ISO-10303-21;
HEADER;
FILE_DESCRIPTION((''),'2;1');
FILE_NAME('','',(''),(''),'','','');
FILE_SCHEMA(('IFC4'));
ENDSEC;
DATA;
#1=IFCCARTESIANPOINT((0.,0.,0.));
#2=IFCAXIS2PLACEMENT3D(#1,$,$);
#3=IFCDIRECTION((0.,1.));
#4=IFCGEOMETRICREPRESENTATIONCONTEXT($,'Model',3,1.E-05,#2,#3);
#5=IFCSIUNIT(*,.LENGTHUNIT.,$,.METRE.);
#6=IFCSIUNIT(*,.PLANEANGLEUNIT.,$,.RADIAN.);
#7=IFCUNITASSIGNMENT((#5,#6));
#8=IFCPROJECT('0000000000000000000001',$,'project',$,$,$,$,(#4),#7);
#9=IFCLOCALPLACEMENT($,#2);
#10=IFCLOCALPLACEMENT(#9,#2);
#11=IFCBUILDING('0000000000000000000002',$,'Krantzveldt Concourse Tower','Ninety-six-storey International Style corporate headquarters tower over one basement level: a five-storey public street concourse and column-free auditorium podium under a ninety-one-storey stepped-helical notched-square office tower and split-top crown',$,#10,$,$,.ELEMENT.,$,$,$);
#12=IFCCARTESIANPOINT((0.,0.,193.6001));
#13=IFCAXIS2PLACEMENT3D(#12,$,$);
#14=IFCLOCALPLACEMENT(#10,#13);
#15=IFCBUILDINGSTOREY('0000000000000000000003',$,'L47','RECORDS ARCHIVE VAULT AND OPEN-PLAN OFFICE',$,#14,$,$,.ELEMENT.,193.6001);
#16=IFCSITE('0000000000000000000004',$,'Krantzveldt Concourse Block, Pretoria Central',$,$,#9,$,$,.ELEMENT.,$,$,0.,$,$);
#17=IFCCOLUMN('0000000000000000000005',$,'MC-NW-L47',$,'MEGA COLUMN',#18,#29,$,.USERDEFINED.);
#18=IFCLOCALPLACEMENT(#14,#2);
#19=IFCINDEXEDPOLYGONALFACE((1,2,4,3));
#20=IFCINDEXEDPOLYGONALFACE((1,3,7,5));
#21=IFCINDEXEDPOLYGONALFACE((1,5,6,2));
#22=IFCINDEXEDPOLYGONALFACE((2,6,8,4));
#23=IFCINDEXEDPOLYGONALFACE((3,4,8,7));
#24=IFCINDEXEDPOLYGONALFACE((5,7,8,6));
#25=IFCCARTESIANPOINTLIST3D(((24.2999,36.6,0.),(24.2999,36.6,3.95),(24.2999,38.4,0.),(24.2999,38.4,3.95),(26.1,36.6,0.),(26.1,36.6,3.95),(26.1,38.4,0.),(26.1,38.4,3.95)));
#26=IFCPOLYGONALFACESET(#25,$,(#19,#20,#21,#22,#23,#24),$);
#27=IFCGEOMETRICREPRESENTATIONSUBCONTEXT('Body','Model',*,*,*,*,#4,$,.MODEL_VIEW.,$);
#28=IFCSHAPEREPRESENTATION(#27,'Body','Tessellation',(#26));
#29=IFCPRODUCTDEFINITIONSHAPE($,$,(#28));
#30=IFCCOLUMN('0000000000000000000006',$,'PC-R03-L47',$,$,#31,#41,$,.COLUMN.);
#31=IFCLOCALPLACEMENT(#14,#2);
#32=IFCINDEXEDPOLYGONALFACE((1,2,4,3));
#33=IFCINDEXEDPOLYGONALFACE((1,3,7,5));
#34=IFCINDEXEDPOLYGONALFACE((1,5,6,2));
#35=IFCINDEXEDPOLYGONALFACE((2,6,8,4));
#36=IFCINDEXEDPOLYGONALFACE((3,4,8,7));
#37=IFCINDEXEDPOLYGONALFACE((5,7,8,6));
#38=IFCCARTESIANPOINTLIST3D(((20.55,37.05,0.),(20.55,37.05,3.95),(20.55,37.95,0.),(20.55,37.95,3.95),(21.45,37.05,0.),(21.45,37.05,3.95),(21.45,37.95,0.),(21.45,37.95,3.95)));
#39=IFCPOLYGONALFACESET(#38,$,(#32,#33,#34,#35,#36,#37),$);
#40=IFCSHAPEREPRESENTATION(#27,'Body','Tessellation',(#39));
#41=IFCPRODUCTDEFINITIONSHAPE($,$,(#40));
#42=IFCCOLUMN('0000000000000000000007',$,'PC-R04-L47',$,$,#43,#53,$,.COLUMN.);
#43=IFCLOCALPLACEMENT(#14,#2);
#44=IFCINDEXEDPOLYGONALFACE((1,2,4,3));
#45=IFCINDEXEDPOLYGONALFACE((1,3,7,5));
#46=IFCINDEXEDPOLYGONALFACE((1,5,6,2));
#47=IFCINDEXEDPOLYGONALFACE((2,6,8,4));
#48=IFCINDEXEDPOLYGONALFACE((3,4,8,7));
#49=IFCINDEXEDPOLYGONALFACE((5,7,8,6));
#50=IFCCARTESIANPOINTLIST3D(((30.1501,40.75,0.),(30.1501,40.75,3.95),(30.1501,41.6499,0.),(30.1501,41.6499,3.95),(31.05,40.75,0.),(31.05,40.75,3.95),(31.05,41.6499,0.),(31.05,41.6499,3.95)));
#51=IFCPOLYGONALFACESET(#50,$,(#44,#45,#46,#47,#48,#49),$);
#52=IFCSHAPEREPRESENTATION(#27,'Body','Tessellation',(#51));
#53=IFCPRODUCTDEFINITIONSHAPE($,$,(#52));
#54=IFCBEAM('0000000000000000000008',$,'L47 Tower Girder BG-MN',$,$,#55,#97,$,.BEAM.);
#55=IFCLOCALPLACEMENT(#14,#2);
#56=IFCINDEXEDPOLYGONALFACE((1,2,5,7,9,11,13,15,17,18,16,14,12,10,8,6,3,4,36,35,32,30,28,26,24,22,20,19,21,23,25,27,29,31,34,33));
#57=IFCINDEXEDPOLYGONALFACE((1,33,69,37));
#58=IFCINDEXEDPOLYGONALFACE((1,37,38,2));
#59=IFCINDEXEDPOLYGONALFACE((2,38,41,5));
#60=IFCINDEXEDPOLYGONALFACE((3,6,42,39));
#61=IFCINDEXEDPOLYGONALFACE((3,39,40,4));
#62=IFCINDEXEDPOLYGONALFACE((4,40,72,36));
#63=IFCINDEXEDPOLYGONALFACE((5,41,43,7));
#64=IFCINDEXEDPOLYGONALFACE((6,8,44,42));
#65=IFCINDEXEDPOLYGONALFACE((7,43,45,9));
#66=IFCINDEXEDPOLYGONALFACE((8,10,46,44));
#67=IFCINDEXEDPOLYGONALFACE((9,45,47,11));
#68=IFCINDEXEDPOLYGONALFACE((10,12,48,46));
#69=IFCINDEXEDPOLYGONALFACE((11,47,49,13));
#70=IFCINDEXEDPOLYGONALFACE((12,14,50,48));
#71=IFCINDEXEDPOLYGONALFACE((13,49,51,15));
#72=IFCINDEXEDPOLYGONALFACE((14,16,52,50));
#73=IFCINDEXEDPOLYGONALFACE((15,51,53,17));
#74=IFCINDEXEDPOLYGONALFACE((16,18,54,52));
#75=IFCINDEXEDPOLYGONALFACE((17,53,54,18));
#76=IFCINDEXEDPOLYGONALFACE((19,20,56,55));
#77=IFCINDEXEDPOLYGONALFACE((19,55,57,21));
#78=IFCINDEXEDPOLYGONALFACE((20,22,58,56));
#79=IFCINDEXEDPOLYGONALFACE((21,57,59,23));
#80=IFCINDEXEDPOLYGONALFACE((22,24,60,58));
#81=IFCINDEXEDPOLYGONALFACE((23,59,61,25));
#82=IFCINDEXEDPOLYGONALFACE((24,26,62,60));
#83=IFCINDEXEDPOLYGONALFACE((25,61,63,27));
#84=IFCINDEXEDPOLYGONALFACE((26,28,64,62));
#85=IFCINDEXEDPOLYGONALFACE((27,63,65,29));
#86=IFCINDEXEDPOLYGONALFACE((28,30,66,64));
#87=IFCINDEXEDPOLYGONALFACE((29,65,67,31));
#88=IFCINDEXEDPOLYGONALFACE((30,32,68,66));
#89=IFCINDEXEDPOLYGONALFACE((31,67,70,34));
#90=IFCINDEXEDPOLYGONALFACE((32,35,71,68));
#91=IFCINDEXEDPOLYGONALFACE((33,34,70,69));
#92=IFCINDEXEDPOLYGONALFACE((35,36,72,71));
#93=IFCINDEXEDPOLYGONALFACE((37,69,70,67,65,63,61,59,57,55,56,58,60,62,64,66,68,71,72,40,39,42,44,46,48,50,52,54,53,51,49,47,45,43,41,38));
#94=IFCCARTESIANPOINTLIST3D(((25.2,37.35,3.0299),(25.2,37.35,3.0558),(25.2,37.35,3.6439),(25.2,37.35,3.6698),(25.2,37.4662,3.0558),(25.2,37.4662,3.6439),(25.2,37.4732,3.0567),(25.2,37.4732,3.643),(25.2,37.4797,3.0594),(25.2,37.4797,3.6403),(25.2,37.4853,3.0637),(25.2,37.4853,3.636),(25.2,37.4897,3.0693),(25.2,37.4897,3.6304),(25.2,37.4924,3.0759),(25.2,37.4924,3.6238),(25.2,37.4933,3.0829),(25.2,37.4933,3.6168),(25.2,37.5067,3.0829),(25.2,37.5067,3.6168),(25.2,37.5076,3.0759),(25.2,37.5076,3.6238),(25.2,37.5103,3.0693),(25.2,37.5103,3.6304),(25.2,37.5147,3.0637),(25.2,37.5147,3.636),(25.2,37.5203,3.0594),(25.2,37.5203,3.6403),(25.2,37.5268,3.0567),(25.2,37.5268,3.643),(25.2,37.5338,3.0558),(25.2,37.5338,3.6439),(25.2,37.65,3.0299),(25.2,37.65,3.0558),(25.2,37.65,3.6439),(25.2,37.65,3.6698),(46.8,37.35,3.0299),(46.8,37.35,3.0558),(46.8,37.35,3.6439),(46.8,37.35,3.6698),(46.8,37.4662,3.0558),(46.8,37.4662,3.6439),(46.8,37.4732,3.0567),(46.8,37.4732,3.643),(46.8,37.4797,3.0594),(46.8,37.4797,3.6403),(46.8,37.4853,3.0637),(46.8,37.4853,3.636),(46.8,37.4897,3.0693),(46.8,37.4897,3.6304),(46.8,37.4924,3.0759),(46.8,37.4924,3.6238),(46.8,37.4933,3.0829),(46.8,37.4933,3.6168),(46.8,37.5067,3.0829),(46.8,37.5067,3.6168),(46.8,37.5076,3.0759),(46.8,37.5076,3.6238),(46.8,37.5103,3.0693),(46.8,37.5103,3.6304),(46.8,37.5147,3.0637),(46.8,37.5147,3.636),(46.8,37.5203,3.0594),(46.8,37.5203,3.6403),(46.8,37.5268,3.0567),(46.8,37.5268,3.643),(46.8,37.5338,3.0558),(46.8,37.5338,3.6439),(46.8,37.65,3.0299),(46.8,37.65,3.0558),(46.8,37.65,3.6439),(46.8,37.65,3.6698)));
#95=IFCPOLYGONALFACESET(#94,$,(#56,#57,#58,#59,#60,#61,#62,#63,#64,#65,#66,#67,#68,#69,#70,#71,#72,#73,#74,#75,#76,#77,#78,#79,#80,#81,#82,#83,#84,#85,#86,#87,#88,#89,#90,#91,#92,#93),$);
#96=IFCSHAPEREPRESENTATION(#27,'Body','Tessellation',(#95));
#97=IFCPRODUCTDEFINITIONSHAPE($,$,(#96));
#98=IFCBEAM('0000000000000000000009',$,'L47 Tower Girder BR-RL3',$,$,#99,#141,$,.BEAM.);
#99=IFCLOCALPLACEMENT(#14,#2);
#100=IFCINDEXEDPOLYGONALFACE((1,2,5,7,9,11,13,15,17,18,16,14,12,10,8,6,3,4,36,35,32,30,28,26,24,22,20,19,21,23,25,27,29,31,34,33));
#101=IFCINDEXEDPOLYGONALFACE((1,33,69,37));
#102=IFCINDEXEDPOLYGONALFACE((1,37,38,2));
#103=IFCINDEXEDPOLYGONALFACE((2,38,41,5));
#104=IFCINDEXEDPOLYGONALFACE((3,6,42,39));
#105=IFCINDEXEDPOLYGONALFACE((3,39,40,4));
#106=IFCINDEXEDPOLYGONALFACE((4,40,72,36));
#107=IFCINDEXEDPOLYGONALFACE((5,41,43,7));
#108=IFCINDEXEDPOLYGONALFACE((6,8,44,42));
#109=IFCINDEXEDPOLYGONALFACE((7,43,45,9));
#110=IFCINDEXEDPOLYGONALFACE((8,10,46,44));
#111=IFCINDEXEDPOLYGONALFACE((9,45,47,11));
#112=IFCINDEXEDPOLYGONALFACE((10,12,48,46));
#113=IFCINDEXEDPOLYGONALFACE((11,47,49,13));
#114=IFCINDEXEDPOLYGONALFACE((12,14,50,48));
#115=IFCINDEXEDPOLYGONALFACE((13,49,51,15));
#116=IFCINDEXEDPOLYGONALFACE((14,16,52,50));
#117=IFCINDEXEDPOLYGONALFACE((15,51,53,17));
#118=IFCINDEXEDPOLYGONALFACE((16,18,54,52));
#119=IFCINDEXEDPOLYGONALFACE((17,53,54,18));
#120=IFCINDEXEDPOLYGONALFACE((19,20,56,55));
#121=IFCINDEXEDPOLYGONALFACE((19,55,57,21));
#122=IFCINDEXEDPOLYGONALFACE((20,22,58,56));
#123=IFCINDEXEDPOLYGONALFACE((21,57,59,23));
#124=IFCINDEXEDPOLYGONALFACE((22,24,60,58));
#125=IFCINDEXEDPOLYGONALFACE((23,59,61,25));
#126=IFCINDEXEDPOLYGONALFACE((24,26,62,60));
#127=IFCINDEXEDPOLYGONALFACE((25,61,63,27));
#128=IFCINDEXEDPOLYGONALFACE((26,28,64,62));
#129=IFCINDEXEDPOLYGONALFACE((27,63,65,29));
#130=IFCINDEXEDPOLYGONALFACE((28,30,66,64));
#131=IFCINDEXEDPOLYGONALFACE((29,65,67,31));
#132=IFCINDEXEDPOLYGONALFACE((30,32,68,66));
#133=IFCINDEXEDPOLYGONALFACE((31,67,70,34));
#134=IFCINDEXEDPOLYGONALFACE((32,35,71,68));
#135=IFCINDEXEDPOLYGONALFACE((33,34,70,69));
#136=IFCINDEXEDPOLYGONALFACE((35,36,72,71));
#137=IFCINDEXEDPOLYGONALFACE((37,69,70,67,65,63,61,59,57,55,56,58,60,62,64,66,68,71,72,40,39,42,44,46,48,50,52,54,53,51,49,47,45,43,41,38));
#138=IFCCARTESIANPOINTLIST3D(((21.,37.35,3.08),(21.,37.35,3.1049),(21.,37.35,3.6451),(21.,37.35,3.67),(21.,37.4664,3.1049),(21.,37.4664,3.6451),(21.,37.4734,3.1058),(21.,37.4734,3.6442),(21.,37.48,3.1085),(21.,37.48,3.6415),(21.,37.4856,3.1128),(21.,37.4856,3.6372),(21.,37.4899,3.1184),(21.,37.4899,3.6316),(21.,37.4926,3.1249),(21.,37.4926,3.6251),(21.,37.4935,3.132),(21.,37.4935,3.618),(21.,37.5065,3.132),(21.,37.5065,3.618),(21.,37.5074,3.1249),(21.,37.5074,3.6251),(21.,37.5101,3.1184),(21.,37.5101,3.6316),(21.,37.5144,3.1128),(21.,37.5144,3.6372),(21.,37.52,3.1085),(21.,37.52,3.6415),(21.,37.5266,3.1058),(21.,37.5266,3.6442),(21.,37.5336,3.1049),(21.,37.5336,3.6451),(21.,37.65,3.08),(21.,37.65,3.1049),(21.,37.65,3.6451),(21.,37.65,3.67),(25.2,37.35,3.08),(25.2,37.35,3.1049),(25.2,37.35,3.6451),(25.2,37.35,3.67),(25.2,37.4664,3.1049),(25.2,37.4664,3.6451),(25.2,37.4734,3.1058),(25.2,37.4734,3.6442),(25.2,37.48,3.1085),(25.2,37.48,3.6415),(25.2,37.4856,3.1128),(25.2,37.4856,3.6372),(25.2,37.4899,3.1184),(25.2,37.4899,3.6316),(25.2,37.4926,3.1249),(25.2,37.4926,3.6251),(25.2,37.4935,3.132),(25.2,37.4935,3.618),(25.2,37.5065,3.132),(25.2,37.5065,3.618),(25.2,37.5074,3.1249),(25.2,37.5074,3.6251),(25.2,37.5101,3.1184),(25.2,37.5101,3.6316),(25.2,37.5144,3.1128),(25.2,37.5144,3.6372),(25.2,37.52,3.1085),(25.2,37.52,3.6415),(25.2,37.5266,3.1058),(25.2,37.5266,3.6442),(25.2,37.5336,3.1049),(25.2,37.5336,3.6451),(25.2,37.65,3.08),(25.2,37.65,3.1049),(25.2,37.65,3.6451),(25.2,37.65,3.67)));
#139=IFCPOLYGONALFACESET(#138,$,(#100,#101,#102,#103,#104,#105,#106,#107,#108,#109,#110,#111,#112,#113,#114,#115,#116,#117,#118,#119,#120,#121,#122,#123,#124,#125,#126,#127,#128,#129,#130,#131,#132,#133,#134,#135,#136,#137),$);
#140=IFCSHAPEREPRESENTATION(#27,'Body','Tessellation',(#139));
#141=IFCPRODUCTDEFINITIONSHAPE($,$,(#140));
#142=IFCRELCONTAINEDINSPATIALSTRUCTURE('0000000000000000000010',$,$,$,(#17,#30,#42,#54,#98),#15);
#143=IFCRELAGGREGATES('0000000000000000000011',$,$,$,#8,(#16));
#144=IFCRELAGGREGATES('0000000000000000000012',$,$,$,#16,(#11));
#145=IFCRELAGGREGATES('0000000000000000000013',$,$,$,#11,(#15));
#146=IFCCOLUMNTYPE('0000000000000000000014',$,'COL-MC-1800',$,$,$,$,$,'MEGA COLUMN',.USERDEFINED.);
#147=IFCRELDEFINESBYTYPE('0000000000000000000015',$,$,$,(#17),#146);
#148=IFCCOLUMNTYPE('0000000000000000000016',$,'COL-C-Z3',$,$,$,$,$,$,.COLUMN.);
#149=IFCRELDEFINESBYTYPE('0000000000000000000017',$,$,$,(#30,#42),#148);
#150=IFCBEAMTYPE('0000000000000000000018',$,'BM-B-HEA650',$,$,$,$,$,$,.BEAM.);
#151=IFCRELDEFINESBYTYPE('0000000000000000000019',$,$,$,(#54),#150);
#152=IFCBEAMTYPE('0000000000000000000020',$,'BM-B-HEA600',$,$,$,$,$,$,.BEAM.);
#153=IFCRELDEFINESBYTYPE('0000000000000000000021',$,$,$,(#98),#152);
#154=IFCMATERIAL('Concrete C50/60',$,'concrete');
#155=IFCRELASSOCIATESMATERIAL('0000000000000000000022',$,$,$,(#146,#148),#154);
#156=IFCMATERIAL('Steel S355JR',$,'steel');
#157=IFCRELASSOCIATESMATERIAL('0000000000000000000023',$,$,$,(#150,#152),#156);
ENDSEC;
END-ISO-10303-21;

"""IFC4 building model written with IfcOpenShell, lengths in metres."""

from ifc_helpers import new_model, si_unit, direction, frame, origin, origin_2d, place, context, subcontext, project, spatial, rectangle, i_section, extrude, source, transform, mapped, material, material_profile, profile_set, type_object, type_shapes, element, save


model = new_model("IFC4")

# Units and contexts
model_context = context("Model", 3, precision=1e-05, world=origin(), true_north=direction((0.0, 1.0)))
body_context = subcontext(model_context, "Body", "Model", "MODEL_VIEW")
ifc_project = project(units=[si_unit("LENGTHUNIT", "METRE"), si_unit("PLANEANGLEUNIT", "RADIAN")], contexts=[model_context])

# Site, building, storey
site_placement = place(None, origin())
site = spatial("IfcSite", under=ifc_project, at=site_placement, Name="Krantzveldt Concourse Block, Pretoria Central", CompositionType="ELEMENT", RefElevation=0.0)
building_placement = place(site_placement, origin())
building = spatial("IfcBuilding", under=site, at=building_placement, Name="Krantzveldt Concourse Tower", Description="Ninety-six-storey International Style corporate headquarters tower over one basement level: a five-storey public street concourse and column-free auditorium podium under a ninety-one-storey stepped-helical notched-square office tower and split-top crown", CompositionType="ELEMENT")
storey_placement = place(building_placement, frame((0.0, 0.0, 193.6001)))
storey = spatial("IfcBuildingStorey", under=building, at=storey_placement, Name="L47", Description="RECORDS ARCHIVE VAULT AND OPEN-PLAN OFFICE", CompositionType="ELEMENT", Elevation=193.6001)

# Columns
ifc_material_1 = material(Name="Concrete C50/60", Category="concrete")
ifc_material_profile_1 = material_profile(ifc_material_1, rectangle(XDim=1.8, YDim=1.8, at=origin_2d()), Name="Concrete C50/60", Category="concrete")
ifc_profile_set_1 = profile_set([ifc_material_profile_1], Name="Concrete C50/60 - RC 1800x1800")
column_type_1 = type_object("IfcColumnType", Name="COL-MC-1800", ElementType="MEGA COLUMN", PredefinedType="USERDEFINED", material=ifc_profile_set_1)
shared_shape_1 = source(origin(), body_context, "Body", "SweptSolid", [
    extrude(rectangle(XDim=1.8, YDim=1.8, at=origin_2d()), origin(), (0.0, 0.0, 1.0), 3.95),
])
type_shapes(column_type_1, [shared_shape_1])
column_placement = place(storey_placement, frame((25.2, 37.5, 0.0), z_axis=(0.0, 0.0, 1.0), x_axis=(1.0, 0.0, 0.0)))
element("IfcColumn", 1, at=column_placement, inside=storey, type_object=column_type_1, Name="MC-NW-L47", ObjectType="MEGA COLUMN", PredefinedType="USERDEFINED", context=body_context, shape_type="MappedRepresentation", body=[
    mapped(shared_shape_1, transform((0.0, 0.0, 0.0), x_axis=(1.0, 0.0, 0.0), y_axis=(0.0, 1.0, 0.0), z_axis=(0.0, 0.0, 1.0), scale=1.0)),
])
ifc_material_profile_2 = material_profile(ifc_material_1, rectangle(XDim=0.8999, YDim=0.8999, at=origin_2d()), Name="Concrete C50/60", Category="concrete")
ifc_profile_set_2 = profile_set([ifc_material_profile_2], Name="Concrete C50/60 - RC 900x900")
column_type_2 = type_object("IfcColumnType", Name="COL-C-Z3", PredefinedType="COLUMN", material=ifc_profile_set_2)
shared_shape_2 = source(origin(), body_context, "Body", "SweptSolid", [
    extrude(rectangle(XDim=0.8999, YDim=0.8999, at=origin_2d()), origin(), (0.0, 0.0, 1.0), 3.95),
])
type_shapes(column_type_2, [shared_shape_2])
for number, where, z_axis, x_axis, name in (
    (2, (21.0, 37.5, 0.0), (0.0, 0.0, 1.0), (1.0, 0.0, 0.0), "PC-R03-L47"),
    (3, (30.6001, 41.2, 0.0), (0.0, 0.0, 1.0), (1.0, 0.0, 0.0), "PC-R04-L47"),
):
    element("IfcColumn", number, at=place(storey_placement, frame(where, z_axis=z_axis, x_axis=x_axis)), inside=storey, type_object=column_type_2, Name=name, PredefinedType="COLUMN", context=body_context, shape_type="MappedRepresentation", body=[
        mapped(shared_shape_2, transform((0.0, 0.0, 0.0), x_axis=(1.0, 0.0, 0.0), y_axis=(0.0, 1.0, 0.0), z_axis=(0.0, 0.0, 1.0), scale=1.0)),
    ])

# Beams
ifc_material_2 = material(Name="Steel S355JR", Category="steel")
ifc_material_profile_3 = material_profile(ifc_material_2, i_section(OverallWidth=0.3, OverallDepth=0.6399, WebThickness=0.0134, FlangeThickness=0.0259, FilletRadius=0.0271, at=origin_2d()), Name="Steel S355JR", Category="steel")
ifc_profile_set_3 = profile_set([ifc_material_profile_3], Name="Steel S355JR - HEA 650")
beam_type_1 = type_object("IfcBeamType", Name="BM-B-HEA650", PredefinedType="BEAM", material=ifc_profile_set_3)
shared_shape_3 = source(origin(), body_context, "Body", "SweptSolid", [
    extrude(i_section(OverallWidth=0.3, OverallDepth=0.6399, WebThickness=0.0134, FlangeThickness=0.0259, FilletRadius=0.0271, at=origin_2d()), origin(), (0.0, 0.0, 1.0), 21.6001),
])
type_shapes(beam_type_1, [shared_shape_3])
beam_1_placement = place(storey_placement, frame((25.2, 37.5, 3.3499), z_axis=(1.0, 0.0, 0.0), x_axis=(0.0, 1.0, 0.0)))
element("IfcBeam", 4, at=beam_1_placement, inside=storey, type_object=beam_type_1, Name="L47 Tower Girder BG-MN", PredefinedType="BEAM", context=body_context, shape_type="MappedRepresentation", body=[
    mapped(shared_shape_3, transform((0.0, 0.0, 0.0), x_axis=(1.0, 0.0, 0.0), y_axis=(0.0, 1.0, 0.0), z_axis=(0.0, 0.0, 1.0), scale=1.0)),
])
ifc_material_profile_4 = material_profile(ifc_material_2, i_section(OverallWidth=0.3, OverallDepth=0.5901, WebThickness=0.0129, FlangeThickness=0.0249, FilletRadius=0.0271, at=origin_2d()), Name="Steel S355JR", Category="steel")
ifc_profile_set_4 = profile_set([ifc_material_profile_4], Name="Steel S355JR - HEA 600")
beam_type_2 = type_object("IfcBeamType", Name="BM-B-HEA600", PredefinedType="BEAM", material=ifc_profile_set_4)
shared_shape_4 = source(origin(), body_context, "Body", "SweptSolid", [
    extrude(i_section(OverallWidth=0.3, OverallDepth=0.5901, WebThickness=0.0129, FlangeThickness=0.0249, FilletRadius=0.0271, at=origin_2d()), origin(), (0.0, 0.0, 1.0), 4.2),
])
beam_2_placement = place(storey_placement, frame((21.0, 37.5, 3.375), z_axis=(1.0, 0.0, 0.0), x_axis=(0.0, 1.0, 0.0)))
element("IfcBeam", 5, at=beam_2_placement, inside=storey, type_object=beam_type_2, Name="L47 Tower Girder BR-RL3", PredefinedType="BEAM", context=body_context, shape_type="MappedRepresentation", body=[
    mapped(shared_shape_4, transform((0.0, 0.0, 0.0), x_axis=(1.0, 0.0, 0.0), y_axis=(0.0, 1.0, 0.0), z_axis=(0.0, 0.0, 1.0), scale=1.0)),
])

save(model, "model.ifc")
